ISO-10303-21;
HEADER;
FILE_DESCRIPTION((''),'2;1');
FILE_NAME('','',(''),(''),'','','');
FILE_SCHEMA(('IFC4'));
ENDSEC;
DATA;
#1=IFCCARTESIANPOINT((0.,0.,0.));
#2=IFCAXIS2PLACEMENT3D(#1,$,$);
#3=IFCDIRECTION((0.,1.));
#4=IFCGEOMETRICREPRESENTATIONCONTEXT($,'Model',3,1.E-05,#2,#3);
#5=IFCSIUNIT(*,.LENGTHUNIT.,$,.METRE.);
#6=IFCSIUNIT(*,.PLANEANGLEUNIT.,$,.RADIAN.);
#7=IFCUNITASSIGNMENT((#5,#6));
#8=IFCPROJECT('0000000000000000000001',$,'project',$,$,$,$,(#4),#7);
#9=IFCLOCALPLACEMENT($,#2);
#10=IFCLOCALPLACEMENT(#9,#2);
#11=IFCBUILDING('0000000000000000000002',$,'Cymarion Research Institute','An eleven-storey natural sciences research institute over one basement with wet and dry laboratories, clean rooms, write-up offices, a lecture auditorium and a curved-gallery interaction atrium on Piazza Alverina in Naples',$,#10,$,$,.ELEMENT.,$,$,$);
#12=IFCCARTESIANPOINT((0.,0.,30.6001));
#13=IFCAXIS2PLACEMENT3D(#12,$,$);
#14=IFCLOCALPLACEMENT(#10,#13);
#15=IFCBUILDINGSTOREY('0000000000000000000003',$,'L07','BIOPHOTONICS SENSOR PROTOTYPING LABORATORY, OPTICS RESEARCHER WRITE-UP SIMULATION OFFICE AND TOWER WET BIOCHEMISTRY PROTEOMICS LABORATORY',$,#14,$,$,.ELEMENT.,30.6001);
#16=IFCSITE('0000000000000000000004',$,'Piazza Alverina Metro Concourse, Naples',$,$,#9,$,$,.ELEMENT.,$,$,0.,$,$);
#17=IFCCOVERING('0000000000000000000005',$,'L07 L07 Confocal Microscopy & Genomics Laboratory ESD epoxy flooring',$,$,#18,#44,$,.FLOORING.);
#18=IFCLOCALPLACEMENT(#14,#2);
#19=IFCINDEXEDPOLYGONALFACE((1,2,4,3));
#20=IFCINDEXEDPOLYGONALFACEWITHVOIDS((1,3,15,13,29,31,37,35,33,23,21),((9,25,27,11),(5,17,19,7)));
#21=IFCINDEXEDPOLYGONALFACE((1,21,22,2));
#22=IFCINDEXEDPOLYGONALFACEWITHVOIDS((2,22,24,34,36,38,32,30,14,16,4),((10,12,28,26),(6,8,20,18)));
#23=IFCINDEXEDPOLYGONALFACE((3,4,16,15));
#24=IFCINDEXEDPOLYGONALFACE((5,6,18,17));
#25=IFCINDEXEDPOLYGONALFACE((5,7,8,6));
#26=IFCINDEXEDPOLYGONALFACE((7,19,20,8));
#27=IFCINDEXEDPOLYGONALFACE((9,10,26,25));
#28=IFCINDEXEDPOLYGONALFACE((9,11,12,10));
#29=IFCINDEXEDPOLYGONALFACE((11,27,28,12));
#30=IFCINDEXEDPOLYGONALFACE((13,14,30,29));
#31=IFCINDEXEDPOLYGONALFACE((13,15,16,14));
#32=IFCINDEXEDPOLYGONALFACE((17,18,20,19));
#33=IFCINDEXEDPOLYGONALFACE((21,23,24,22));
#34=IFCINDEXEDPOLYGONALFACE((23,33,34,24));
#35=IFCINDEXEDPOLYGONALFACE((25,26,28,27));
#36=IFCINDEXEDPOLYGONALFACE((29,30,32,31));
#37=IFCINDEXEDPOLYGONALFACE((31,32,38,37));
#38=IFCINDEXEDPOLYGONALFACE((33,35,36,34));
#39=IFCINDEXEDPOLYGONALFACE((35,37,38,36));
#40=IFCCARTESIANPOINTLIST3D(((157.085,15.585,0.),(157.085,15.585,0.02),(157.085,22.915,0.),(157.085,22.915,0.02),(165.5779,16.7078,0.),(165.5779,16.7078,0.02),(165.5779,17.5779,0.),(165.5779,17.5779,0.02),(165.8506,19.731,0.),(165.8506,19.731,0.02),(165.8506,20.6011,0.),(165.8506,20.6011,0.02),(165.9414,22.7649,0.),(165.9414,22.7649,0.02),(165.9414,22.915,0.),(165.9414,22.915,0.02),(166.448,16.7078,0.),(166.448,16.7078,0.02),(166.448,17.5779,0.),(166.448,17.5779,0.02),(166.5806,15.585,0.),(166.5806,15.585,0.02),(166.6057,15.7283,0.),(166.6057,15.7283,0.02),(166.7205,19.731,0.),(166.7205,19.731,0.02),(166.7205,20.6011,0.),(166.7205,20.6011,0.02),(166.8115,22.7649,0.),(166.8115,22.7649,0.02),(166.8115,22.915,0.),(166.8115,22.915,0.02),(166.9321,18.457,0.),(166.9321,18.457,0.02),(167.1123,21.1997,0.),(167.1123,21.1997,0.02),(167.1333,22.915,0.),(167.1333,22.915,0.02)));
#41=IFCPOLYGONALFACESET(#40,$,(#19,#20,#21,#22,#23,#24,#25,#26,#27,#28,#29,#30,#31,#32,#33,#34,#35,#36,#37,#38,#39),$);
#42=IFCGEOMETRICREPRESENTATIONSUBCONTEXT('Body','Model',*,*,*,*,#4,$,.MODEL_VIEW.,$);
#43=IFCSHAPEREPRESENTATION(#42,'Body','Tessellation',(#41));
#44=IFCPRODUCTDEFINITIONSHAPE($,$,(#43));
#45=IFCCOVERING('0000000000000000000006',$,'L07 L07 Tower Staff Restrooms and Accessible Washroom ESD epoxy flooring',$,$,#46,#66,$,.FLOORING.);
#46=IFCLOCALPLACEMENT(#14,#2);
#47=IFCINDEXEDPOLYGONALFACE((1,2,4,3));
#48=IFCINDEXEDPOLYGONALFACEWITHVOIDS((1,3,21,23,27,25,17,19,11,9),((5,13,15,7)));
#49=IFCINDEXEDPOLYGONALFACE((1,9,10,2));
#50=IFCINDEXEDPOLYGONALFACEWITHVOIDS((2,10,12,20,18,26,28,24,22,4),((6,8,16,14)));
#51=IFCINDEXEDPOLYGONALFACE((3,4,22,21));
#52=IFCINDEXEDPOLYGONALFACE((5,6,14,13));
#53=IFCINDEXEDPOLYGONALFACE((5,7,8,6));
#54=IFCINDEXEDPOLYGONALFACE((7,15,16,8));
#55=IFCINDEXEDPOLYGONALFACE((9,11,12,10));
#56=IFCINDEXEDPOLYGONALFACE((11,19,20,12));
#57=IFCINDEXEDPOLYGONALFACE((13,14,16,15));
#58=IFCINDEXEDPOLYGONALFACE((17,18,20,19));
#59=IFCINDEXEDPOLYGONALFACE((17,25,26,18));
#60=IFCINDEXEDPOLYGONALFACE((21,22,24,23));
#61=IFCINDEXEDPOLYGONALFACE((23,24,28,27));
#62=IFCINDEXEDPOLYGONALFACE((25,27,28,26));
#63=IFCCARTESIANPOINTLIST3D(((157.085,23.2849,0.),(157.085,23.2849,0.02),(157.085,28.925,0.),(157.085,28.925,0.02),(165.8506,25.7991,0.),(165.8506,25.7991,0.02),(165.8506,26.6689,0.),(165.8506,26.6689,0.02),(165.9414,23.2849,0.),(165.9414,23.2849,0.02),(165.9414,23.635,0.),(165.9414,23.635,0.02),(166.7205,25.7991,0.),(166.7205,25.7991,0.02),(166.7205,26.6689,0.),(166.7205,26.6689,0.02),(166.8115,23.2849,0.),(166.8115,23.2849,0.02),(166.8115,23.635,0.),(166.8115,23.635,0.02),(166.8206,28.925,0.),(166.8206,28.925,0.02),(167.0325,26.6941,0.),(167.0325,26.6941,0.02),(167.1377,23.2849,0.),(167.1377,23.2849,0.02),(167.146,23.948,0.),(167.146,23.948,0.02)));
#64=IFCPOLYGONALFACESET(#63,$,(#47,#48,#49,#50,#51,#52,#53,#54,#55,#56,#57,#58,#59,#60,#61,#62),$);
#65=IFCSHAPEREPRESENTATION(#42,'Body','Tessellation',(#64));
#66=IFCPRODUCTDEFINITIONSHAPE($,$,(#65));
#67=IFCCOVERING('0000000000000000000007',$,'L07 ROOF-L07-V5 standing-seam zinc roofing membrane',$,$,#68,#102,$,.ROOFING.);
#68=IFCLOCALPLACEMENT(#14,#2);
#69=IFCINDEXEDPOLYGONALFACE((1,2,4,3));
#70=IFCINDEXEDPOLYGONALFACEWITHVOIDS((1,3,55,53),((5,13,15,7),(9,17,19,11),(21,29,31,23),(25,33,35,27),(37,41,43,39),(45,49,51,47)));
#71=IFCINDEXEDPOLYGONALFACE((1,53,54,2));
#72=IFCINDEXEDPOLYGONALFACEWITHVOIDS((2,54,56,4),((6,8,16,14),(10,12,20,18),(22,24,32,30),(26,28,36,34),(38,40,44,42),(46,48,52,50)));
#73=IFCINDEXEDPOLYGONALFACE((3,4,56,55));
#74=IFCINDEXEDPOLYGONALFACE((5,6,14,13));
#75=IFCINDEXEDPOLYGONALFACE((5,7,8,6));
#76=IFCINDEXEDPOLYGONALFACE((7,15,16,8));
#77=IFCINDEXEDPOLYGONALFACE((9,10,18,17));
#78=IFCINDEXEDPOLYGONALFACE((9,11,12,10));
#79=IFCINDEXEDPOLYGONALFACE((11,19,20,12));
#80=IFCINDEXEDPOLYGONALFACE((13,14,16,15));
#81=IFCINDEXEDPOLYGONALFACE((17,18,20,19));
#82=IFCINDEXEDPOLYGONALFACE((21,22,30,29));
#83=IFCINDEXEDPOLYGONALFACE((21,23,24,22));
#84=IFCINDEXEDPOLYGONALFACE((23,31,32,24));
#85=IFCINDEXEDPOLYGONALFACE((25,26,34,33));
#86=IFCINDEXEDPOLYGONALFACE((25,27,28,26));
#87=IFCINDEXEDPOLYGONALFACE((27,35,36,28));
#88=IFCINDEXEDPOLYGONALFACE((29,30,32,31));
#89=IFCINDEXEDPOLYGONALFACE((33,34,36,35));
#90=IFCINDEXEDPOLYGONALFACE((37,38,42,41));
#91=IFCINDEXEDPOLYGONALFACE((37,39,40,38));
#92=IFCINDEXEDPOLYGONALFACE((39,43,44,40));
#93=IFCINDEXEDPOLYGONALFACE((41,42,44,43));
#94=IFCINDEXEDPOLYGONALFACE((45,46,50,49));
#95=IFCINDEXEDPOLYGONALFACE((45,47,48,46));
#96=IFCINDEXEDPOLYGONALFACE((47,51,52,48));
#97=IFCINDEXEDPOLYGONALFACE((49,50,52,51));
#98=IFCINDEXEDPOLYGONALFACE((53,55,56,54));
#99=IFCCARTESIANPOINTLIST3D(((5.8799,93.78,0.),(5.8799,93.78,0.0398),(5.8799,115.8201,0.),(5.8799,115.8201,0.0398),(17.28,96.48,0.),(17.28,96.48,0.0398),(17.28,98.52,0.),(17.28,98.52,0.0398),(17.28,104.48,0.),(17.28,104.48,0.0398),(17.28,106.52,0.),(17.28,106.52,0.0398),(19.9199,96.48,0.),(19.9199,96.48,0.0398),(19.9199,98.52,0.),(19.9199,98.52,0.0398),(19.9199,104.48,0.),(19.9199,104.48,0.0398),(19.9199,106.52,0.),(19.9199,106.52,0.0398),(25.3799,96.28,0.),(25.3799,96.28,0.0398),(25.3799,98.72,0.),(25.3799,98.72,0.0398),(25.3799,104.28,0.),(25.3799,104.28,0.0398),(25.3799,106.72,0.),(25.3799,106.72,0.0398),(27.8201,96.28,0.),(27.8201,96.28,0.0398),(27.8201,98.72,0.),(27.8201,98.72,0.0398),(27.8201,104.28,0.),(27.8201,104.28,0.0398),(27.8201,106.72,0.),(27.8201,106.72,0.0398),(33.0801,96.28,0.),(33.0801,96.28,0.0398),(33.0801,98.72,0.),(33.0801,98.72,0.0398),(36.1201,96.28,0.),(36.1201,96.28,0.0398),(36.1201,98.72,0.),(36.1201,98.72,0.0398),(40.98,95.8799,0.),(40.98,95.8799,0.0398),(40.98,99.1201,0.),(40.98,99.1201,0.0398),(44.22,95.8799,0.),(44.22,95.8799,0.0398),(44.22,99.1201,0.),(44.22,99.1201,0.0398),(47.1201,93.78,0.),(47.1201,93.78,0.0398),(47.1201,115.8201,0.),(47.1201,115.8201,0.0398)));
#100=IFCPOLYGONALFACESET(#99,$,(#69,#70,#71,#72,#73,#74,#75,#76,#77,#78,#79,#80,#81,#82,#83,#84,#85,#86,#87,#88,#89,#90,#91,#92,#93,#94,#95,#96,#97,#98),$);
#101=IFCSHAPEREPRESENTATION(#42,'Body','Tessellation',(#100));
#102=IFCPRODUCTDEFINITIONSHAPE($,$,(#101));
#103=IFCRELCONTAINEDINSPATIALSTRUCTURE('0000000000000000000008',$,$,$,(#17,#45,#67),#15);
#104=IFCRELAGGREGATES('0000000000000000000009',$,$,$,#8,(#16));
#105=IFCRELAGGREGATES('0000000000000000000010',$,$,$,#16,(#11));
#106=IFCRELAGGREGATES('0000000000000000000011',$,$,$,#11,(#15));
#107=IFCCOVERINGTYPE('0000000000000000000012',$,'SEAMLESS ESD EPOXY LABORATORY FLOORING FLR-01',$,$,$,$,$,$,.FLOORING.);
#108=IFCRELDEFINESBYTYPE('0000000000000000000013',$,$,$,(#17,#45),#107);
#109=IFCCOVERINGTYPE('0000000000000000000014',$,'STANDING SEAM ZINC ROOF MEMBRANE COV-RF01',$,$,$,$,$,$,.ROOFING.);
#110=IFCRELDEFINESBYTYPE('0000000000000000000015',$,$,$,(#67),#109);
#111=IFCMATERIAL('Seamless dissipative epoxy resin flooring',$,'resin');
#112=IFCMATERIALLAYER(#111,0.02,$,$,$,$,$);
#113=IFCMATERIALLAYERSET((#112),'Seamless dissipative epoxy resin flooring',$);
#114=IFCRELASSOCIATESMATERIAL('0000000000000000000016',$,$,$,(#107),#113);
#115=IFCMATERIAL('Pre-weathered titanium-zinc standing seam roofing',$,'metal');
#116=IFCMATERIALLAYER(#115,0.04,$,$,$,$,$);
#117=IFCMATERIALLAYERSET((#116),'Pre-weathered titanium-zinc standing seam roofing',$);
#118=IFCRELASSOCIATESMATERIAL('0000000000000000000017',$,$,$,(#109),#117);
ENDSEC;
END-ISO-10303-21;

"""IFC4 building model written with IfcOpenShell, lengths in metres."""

from ifc_helpers import new_model, si_unit, direction, frame, origin, place, context, subcontext, project, spatial, polyline, outline, extrude, material, layer, layer_set, type_object, element, save


model = new_model("IFC4")

# Units and contexts
model_context = context("Model", 3, precision=1e-05, world=origin(), true_north=direction((0.0, 1.0)))
body_context = subcontext(model_context, "Body", "Model", "MODEL_VIEW")
ifc_project = project(units=[si_unit("LENGTHUNIT", "METRE"), si_unit("PLANEANGLEUNIT", "RADIAN")], contexts=[model_context])

# Site, building, storey
site_placement = place(None, origin())
site = spatial("IfcSite", under=ifc_project, at=site_placement, Name="Piazza Alverina Metro Concourse, Naples", CompositionType="ELEMENT", RefElevation=0.0)
building_placement = place(site_placement, origin())
building = spatial("IfcBuilding", under=site, at=building_placement, Name="Cymarion Research Institute", Description="An eleven-storey natural sciences research institute over one basement with wet and dry laboratories, clean rooms, write-up offices, a lecture auditorium and a curved-gallery interaction atrium on Piazza Alverina in Naples", CompositionType="ELEMENT")
storey_placement = place(building_placement, frame((0.0, 0.0, 30.6001)))
storey = spatial("IfcBuildingStorey", under=building, at=storey_placement, Name="L07", Description="BIOPHOTONICS SENSOR PROTOTYPING LABORATORY, OPTICS RESEARCHER WRITE-UP SIMULATION OFFICE AND TOWER WET BIOCHEMISTRY PROTEOMICS LABORATORY", CompositionType="ELEMENT", Elevation=30.6001)

# Coverings
ifc_material_1 = material(Name="Seamless dissipative epoxy resin flooring", Category="resin")
ifc_layer_1 = layer(ifc_material_1, 0.02)
ifc_layer_set_1 = layer_set([ifc_layer_1], Name="Seamless dissipative epoxy resin flooring")
covering_type_1 = type_object("IfcCoveringType", Name="SEAMLESS ESD EPOXY LABORATORY FLOORING FLR-01", PredefinedType="FLOORING", material=ifc_layer_set_1)
covering_1_placement = place(storey_placement, origin())
element("IfcCovering", 1, at=covering_1_placement, inside=storey, type_object=covering_type_1, Name="L07 L07 Confocal Microscopy & Genomics Laboratory ESD epoxy flooring", PredefinedType="FLOORING", context=body_context, shape_type="SweptSolid", body=[
    extrude(outline(polyline([(157.085, 22.915), (165.9414, 22.915), (165.9414, 22.7649), (166.8115, 22.7649), (166.8115, 22.915), (167.1333, 22.915), (167.1123, 21.1997), (166.9321, 18.457), (166.6057, 15.7283), (166.5806, 15.585), (157.085, 15.585), (157.085, 22.915)]), holes=[polyline([(165.8506, 19.731), (166.7205, 19.731), (166.7205, 20.6011), (165.8506, 20.6011), (165.8506, 19.731)]), polyline([(165.5779, 16.7078), (166.448, 16.7078), (166.448, 17.5779), (165.5779, 17.5779), (165.5779, 16.7078)])]), origin(), (0.0, 0.0, 1.0), 0.02),
])
covering_2_placement = place(storey_placement, origin())
element("IfcCovering", 2, at=covering_2_placement, inside=storey, type_object=covering_type_1, Name="L07 L07 Tower Staff Restrooms and Accessible Washroom ESD epoxy flooring", PredefinedType="FLOORING", context=body_context, shape_type="SweptSolid", body=[
    extrude(outline(polyline([(167.0325, 26.6941), (167.146, 23.948), (167.1377, 23.2849), (166.8115, 23.2849), (166.8115, 23.635), (165.9414, 23.635), (165.9414, 23.2849), (157.085, 23.2849), (157.085, 28.925), (166.8206, 28.925), (167.0325, 26.6941)]), holes=[polyline([(165.8506, 25.7991), (166.7205, 25.7991), (166.7205, 26.6689), (165.8506, 26.6689), (165.8506, 25.7991)])]), origin(), (0.0, 0.0, 1.0), 0.02),
])
ifc_material_2 = material(Name="Pre-weathered titanium-zinc standing seam roofing", Category="metal")
ifc_layer_2 = layer(ifc_material_2, 0.04)
ifc_layer_set_2 = layer_set([ifc_layer_2], Name="Pre-weathered titanium-zinc standing seam roofing")
covering_type_2 = type_object("IfcCoveringType", Name="STANDING SEAM ZINC ROOF MEMBRANE COV-RF01", PredefinedType="ROOFING", material=ifc_layer_set_2)
covering_3_placement = place(storey_placement, origin())
element("IfcCovering", 3, at=covering_3_placement, inside=storey, type_object=covering_type_2, Name="L07 ROOF-L07-V5 standing-seam zinc roofing membrane", PredefinedType="ROOFING", context=body_context, shape_type="SweptSolid", body=[
    extrude(outline(polyline([(5.8799, 115.8201), (47.1201, 115.8201), (47.1201, 93.78), (5.8799, 93.78), (5.8799, 115.8201)]), holes=[polyline([(17.28, 98.52), (17.28, 96.48), (19.9199, 96.48), (19.9199, 98.52), (17.28, 98.52)]), polyline([(27.8201, 98.72), (25.3799, 98.72), (25.3799, 96.28), (27.8201, 96.28), (27.8201, 98.72)]), polyline([(36.1201, 98.72), (33.0801, 98.72), (33.0801, 96.28), (36.1201, 96.28), (36.1201, 98.72)]), polyline([(40.98, 99.1201), (40.98, 95.8799), (44.22, 95.8799), (44.22, 99.1201), (40.98, 99.1201)]), polyline([(19.9199, 106.52), (17.28, 106.52), (17.28, 104.48), (19.9199, 104.48), (19.9199, 106.52)]), polyline([(27.8201, 106.72), (25.3799, 106.72), (25.3799, 104.28), (27.8201, 104.28), (27.8201, 106.72)])]), origin(), (0.0, 0.0, 1.0), 0.0398),
])

save(model, "model.ifc")
